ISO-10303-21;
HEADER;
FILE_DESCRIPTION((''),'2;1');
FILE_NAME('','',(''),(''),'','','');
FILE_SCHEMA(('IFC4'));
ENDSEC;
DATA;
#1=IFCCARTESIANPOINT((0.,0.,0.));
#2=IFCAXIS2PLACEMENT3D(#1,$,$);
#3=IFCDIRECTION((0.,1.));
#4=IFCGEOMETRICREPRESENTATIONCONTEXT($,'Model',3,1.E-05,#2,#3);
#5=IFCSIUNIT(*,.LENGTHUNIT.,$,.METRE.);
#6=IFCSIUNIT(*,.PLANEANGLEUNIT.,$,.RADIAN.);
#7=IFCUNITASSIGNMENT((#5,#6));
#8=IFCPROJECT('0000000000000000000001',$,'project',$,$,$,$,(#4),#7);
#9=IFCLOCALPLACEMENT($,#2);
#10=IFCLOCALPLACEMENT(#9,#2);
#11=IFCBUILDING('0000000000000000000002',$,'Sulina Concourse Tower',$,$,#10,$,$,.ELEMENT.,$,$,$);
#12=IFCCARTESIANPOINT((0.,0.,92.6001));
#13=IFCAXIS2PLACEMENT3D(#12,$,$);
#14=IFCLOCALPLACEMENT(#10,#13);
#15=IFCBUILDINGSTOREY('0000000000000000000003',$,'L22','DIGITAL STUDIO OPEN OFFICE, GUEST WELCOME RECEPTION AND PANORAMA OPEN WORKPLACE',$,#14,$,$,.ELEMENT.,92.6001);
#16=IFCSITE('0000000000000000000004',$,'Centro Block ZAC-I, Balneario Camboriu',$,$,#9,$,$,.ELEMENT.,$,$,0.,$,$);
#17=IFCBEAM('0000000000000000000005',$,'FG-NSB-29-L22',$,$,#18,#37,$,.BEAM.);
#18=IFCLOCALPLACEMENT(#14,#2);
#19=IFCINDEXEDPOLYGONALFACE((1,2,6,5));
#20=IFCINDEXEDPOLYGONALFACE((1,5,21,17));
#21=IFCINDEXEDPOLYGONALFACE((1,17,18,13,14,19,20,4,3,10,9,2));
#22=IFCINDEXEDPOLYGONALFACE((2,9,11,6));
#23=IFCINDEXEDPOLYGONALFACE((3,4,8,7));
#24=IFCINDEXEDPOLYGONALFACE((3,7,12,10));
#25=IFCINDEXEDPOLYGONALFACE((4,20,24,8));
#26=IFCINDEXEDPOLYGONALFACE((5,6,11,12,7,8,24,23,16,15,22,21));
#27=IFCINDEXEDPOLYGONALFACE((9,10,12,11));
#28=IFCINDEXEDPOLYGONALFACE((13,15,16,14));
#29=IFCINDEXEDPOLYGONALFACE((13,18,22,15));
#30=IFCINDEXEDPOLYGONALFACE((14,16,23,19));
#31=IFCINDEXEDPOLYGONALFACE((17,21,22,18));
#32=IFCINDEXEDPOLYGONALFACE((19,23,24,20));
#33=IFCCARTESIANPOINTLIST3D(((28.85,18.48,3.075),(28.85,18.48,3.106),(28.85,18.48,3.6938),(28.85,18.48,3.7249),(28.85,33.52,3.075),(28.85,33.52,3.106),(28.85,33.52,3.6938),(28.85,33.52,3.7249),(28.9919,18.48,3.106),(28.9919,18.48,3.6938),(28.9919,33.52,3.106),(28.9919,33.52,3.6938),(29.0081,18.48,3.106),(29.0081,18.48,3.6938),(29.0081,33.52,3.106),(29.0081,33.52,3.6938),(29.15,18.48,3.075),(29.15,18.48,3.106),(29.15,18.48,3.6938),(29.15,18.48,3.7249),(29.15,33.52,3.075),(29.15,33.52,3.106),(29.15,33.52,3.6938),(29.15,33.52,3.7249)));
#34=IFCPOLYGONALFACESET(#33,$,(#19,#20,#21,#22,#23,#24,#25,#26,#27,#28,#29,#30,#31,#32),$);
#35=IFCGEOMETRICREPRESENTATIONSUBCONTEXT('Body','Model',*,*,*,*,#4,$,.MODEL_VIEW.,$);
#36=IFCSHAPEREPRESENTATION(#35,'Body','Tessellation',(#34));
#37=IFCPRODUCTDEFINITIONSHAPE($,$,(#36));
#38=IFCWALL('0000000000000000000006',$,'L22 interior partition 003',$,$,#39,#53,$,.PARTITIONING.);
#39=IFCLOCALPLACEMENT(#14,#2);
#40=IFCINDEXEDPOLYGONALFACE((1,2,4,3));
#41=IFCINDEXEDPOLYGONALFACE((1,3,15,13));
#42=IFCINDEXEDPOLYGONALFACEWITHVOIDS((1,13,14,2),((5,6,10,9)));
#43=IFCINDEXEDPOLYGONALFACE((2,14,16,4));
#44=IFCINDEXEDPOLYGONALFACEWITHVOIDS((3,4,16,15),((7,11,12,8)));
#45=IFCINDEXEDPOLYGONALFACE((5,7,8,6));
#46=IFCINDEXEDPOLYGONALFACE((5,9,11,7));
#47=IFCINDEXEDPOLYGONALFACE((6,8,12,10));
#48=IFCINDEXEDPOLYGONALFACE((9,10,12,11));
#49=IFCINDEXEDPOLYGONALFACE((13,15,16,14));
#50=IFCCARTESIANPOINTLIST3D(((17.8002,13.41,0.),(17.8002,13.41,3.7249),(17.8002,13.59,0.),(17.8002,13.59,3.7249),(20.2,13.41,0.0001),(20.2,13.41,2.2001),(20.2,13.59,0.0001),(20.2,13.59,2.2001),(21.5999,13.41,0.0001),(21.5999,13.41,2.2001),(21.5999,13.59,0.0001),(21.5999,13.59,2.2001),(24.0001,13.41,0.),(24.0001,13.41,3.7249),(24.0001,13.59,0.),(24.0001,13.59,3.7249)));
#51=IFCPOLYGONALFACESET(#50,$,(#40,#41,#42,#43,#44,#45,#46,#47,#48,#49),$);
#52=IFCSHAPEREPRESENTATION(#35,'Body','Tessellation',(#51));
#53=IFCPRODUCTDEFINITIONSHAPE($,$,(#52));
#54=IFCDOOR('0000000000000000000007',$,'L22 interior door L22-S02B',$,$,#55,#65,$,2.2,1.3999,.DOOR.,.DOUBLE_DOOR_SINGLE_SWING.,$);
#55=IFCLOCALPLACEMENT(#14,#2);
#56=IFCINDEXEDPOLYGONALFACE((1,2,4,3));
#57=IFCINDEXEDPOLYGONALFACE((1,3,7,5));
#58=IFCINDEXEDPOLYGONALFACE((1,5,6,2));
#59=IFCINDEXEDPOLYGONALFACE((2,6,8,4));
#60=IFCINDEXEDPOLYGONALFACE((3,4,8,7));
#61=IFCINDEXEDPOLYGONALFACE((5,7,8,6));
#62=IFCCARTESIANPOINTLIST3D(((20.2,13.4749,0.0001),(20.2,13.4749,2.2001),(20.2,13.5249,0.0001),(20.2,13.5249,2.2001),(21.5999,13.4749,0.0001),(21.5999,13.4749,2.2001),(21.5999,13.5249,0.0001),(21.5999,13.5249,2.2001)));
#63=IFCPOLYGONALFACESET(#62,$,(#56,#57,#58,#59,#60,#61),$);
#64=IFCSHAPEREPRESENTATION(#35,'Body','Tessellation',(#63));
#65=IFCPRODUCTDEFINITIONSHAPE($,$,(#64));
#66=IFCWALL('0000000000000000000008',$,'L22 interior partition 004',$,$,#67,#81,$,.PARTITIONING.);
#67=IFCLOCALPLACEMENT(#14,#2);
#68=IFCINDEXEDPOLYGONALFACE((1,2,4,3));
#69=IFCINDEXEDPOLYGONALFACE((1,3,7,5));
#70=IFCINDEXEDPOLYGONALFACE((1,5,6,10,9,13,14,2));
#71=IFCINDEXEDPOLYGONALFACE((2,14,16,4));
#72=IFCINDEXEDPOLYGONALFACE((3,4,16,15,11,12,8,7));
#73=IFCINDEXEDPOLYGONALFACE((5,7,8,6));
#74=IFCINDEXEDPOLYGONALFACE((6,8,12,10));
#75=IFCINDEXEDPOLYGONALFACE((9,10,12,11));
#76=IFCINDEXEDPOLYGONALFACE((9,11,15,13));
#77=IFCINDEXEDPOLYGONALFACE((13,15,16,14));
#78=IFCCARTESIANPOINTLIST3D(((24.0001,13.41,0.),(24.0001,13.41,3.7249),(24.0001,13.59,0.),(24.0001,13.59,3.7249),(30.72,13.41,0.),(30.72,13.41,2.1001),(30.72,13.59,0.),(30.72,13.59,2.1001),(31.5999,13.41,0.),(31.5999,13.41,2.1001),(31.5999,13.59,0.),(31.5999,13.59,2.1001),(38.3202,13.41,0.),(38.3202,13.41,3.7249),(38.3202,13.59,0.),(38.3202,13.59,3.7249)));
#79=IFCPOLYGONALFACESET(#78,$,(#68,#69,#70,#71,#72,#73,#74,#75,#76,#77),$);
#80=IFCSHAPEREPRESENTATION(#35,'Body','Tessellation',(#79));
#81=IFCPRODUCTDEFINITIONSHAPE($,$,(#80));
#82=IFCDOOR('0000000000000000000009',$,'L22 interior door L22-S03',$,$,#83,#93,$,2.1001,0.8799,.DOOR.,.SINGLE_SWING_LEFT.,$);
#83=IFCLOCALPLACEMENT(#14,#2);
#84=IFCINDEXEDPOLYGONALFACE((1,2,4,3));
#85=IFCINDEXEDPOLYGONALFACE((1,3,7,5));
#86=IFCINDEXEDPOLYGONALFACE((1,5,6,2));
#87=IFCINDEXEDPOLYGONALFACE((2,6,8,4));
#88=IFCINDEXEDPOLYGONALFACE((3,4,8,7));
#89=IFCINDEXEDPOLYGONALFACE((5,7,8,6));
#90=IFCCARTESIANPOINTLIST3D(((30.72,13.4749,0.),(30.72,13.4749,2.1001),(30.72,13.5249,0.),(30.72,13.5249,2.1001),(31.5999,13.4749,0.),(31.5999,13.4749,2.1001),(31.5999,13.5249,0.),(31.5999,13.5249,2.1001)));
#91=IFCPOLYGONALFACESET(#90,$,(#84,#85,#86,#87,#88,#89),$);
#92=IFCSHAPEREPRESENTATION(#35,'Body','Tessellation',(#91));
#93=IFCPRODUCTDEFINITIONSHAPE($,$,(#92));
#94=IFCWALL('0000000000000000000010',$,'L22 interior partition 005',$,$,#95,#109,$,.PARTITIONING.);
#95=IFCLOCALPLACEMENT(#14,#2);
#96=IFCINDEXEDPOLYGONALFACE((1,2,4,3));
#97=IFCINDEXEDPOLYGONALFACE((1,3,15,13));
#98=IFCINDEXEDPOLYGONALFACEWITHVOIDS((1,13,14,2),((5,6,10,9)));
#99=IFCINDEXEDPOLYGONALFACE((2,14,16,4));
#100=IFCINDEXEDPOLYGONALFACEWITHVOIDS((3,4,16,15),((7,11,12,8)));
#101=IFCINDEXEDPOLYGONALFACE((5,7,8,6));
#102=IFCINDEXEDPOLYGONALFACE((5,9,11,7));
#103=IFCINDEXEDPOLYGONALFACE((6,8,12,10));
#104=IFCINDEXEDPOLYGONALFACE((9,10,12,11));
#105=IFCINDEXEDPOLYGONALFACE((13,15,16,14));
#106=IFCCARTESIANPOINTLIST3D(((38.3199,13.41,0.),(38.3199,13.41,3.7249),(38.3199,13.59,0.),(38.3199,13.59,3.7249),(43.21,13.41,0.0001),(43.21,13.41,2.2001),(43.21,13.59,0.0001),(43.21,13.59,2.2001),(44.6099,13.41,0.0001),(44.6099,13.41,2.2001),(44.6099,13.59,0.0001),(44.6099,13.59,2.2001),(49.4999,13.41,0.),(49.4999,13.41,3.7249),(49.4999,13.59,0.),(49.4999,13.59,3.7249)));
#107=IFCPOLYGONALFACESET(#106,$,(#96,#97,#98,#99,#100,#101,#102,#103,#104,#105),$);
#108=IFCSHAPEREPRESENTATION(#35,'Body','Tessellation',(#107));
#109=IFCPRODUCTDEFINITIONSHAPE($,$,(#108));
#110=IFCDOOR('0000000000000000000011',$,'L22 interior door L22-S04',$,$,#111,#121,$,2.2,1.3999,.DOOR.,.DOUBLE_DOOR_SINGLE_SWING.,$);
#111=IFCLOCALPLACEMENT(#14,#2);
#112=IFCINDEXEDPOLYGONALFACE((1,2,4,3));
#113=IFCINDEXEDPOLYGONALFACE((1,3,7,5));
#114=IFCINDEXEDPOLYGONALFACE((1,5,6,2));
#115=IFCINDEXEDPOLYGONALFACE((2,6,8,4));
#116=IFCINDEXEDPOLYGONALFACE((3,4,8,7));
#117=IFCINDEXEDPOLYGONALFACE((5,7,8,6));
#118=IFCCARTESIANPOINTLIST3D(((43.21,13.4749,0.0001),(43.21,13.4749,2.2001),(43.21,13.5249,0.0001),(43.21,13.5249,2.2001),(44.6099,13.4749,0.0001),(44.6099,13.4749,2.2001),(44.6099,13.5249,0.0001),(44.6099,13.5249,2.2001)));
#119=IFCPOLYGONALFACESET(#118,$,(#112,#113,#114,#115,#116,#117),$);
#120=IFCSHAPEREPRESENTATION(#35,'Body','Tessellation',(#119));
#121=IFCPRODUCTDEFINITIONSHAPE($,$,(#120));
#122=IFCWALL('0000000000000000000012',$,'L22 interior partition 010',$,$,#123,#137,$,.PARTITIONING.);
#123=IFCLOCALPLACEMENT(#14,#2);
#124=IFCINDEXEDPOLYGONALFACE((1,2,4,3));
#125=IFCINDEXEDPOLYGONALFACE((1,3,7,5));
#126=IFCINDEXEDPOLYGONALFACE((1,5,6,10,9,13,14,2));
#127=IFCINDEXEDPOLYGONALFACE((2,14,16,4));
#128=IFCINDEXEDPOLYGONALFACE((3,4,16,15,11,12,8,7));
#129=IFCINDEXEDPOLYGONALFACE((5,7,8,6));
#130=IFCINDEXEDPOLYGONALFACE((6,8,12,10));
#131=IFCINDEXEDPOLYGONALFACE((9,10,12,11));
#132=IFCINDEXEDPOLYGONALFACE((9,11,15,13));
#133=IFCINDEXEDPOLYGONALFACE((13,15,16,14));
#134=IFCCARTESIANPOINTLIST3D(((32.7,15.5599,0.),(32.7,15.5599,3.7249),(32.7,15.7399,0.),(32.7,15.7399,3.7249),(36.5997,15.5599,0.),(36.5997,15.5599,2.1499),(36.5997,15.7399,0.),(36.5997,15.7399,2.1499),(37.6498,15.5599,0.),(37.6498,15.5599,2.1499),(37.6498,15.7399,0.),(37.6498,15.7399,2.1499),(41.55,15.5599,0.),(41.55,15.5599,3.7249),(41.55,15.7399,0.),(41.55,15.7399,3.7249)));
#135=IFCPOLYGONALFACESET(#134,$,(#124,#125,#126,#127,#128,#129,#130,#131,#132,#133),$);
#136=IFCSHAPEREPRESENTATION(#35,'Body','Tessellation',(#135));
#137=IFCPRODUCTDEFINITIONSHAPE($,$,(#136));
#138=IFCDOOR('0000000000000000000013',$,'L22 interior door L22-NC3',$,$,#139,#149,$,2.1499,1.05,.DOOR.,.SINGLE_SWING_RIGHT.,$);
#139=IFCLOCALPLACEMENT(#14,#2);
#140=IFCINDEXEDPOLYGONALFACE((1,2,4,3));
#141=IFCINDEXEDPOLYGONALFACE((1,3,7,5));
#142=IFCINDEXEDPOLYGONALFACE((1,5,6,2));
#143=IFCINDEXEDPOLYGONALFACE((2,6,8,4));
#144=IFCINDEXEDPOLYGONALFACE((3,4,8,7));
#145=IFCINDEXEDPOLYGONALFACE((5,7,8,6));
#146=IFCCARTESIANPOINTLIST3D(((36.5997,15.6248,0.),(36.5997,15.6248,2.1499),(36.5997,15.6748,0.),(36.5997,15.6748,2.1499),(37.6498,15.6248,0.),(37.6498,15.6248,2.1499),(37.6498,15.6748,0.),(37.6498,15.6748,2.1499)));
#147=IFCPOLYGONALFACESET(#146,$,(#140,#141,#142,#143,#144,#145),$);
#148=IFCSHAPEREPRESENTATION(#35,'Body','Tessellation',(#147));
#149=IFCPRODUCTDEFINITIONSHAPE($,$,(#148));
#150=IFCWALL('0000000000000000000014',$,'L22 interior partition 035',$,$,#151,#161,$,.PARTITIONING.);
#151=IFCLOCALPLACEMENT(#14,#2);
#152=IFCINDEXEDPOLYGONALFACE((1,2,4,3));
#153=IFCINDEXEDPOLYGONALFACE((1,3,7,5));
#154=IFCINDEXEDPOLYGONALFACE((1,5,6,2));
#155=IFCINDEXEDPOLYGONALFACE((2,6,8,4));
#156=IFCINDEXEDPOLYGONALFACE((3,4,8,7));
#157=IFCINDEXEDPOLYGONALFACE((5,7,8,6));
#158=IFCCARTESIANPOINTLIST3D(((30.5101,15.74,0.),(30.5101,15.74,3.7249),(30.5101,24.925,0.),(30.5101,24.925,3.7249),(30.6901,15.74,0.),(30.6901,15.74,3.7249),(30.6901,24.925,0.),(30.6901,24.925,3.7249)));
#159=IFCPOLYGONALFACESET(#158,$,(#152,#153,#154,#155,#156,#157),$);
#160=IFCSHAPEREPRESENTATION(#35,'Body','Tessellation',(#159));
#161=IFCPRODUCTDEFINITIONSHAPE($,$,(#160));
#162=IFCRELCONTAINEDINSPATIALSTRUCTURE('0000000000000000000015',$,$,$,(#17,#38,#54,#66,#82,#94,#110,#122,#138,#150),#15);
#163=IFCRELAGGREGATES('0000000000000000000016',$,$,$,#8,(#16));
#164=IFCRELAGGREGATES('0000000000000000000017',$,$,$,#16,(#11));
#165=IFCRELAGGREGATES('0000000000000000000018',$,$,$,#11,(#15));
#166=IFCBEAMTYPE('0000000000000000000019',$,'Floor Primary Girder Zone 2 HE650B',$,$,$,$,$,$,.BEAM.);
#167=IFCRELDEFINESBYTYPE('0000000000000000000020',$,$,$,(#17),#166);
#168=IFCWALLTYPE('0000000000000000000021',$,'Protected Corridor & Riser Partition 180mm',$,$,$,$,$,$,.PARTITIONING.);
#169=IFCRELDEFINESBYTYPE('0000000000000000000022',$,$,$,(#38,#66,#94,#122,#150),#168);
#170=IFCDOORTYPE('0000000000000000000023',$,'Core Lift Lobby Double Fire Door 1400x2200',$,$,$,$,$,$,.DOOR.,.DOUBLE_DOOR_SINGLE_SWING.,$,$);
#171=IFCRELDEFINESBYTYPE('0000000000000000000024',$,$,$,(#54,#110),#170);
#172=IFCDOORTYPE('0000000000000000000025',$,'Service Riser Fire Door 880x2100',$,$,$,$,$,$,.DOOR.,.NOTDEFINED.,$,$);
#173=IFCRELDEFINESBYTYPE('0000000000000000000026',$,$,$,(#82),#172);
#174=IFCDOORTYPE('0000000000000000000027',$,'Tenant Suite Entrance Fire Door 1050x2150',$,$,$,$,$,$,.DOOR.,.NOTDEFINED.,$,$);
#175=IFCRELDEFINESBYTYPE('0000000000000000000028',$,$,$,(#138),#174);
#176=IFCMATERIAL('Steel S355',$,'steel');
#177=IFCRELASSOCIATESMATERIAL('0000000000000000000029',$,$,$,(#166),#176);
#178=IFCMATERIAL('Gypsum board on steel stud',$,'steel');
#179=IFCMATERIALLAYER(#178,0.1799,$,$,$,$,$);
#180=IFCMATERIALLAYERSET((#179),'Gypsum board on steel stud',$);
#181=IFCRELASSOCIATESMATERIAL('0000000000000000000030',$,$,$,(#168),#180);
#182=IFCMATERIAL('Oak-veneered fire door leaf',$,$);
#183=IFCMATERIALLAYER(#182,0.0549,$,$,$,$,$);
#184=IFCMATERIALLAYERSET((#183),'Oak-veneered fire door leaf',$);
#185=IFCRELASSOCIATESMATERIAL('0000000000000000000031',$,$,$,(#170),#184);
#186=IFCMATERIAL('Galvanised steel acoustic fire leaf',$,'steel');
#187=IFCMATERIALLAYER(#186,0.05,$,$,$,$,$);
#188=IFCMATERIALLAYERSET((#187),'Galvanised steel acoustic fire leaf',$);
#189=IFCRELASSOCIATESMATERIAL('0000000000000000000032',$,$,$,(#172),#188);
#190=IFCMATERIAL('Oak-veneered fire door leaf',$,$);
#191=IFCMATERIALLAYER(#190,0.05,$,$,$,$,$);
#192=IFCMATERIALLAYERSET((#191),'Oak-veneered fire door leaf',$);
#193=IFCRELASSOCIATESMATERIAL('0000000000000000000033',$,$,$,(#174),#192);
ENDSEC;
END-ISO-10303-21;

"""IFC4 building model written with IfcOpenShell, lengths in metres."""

from ifc_helpers import new_model, si_unit, direction, frame, frame_2d, origin, origin_2d, place, context, subcontext, project, spatial, rectangle, i_section, extrude, material, layer, layer_set, material_profile, profile_set, type_object, element, fill, save


model = new_model("IFC4")

# Units and contexts
model_context = context("Model", 3, precision=1e-05, world=origin(), true_north=direction((0.0, 1.0)))
body_context = subcontext(model_context, "Body", "Model", "MODEL_VIEW")
ifc_project = project(units=[si_unit("LENGTHUNIT", "METRE"), si_unit("PLANEANGLEUNIT", "RADIAN")], contexts=[model_context])

# Site, building, storey
site_placement = place(None, origin())
site = spatial("IfcSite", under=ifc_project, at=site_placement, Name="Centro Block ZAC-I, Balneario Camboriu", CompositionType="ELEMENT", RefElevation=0.0)
building_placement = place(site_placement, origin())
building = spatial("IfcBuilding", under=site, at=building_placement, Name="Sulina Concourse Tower", CompositionType="ELEMENT")
storey_placement = place(building_placement, frame((0.0, 0.0, 92.6001)))
storey = spatial("IfcBuildingStorey", under=building, at=storey_placement, Name="L22", Description="DIGITAL STUDIO OPEN OFFICE, GUEST WELCOME RECEPTION AND PANORAMA OPEN WORKPLACE", CompositionType="ELEMENT", Elevation=92.6001)

# Beam
ifc_material_1 = material(Name="Steel S355", Category="steel")
ifc_material_profile_1 = material_profile(ifc_material_1, i_section(OverallWidth=0.3, OverallDepth=0.6499, WebThickness=0.0161, FlangeThickness=0.031, at=origin_2d()), Name="HE 650 B")
ifc_profile_set_1 = profile_set([ifc_material_profile_1], Name="Steel S355")
beam_type_1 = type_object("IfcBeamType", Name="Floor Primary Girder Zone 2 HE650B", PredefinedType="BEAM", material=ifc_profile_set_1)
beam_1_placement = place(storey_placement, frame((29.0, 18.48, 3.3999), z_axis=(0.0, 1.0, 0.0), x_axis=(-1.0, 0.0, 0.0)))
element("IfcBeam", 1, at=beam_1_placement, inside=storey, type_object=beam_type_1, Name="FG-NSB-29-L22", PredefinedType="BEAM", context=body_context, shape_type="SweptSolid", body=[
    extrude(i_section(OverallWidth=0.3, OverallDepth=0.6499, WebThickness=0.0161, FlangeThickness=0.031, at=origin_2d()), origin(), (0.0, 0.0, 1.0), 15.04),
])

# Walls, openings, doors
ifc_material_2 = material(Name="Gypsum board on steel stud", Category="steel")
ifc_layer_1 = layer(ifc_material_2, 0.1799)
ifc_layer_set_1 = layer_set([ifc_layer_1], Name="Gypsum board on steel stud")
wall_type = type_object("IfcWallType", Name="Protected Corridor & Riser Partition 180mm", PredefinedType="PARTITIONING", material=ifc_layer_set_1)
wall_1_placement = place(storey_placement, frame((17.8, 13.5, 0.0), z_axis=(0.0, 0.0, 1.0), x_axis=(1.0, 0.0, 0.0)))
wall_1 = element("IfcWall", 2, at=wall_1_placement, inside=storey, type_object=wall_type, Name="L22 interior partition 003", PredefinedType="PARTITIONING", context=body_context, shape_type="SweptSolid", body=[
    extrude(rectangle(XDim=6.2, YDim=0.1799, at=frame_2d((3.1001, 0.0))), origin(), (0.0, 0.0, 1.0), 3.7249),
])
opening_1_placement = place(wall_1_placement, frame((2.3999, 0.0, 0.0)))
opening_1 = element("IfcOpeningElement", 3, at=opening_1_placement, cuts=wall_1, PredefinedType="OPENING", context=body_context, shape_type="SweptSolid", body=[
    extrude(rectangle(XDim=1.3999, YDim=2.2, at=frame_2d((0.7, 1.1001))), frame((0.0, 0.0999, 0.0), z_axis=(0.0, -1.0, 0.0), x_axis=(1.0, 0.0, 0.0)), (0.0, 0.0, 1.0), 0.2),
])
ifc_material_3 = material(Name="Oak-veneered fire door leaf")
ifc_layer_2 = layer(ifc_material_3, 0.0549)
ifc_layer_set_2 = layer_set([ifc_layer_2], Name="Oak-veneered fire door leaf")
door_type_1 = type_object("IfcDoorType", Name="Core Lift Lobby Double Fire Door 1400x2200", OperationType="DOUBLE_DOOR_SINGLE_SWING", PredefinedType="DOOR", material=ifc_layer_set_2)
door_1_placement = place(opening_1_placement, origin())
door_1 = element("IfcDoor", 4, at=door_1_placement, inside=storey, type_object=door_type_1, Name="L22 interior door L22-S02B", OperationType="DOUBLE_DOOR_SINGLE_SWING", OverallHeight=2.2, OverallWidth=1.3999, PredefinedType="DOOR", context=body_context, shape_type="SweptSolid", body=[
    extrude(rectangle(XDim=1.3999, YDim=2.2, at=frame_2d((0.7, 1.1001))), frame((0.0, 0.0249, 0.0), z_axis=(0.0, -1.0, 0.0), x_axis=(1.0, 0.0, 0.0)), (0.0, 0.0, 1.0), 0.05),
])
fill(opening_1, door_1)
wall_2_placement = place(storey_placement, frame((24.0, 13.5, 0.0), z_axis=(0.0, 0.0, 1.0), x_axis=(1.0, 0.0, 0.0)))
wall_2 = element("IfcWall", 5, at=wall_2_placement, inside=storey, type_object=wall_type, Name="L22 interior partition 004", PredefinedType="PARTITIONING", context=body_context, shape_type="SweptSolid", body=[
    extrude(rectangle(XDim=14.3201, YDim=0.1799, at=frame_2d((7.1602, 0.0))), origin(), (0.0, 0.0, 1.0), 3.7249),
])
opening_2_placement = place(wall_2_placement, frame((6.72, 0.0, 0.0)))
opening_2 = element("IfcOpeningElement", 6, at=opening_2_placement, cuts=wall_2, PredefinedType="OPENING", context=body_context, shape_type="SweptSolid", body=[
    extrude(rectangle(XDim=0.8799, YDim=2.1001, at=frame_2d((0.4399, 1.05))), frame((0.0, 0.0999, 0.0), z_axis=(0.0, -1.0, 0.0), x_axis=(1.0, 0.0, 0.0)), (0.0, 0.0, 1.0), 0.2),
])
ifc_material_4 = material(Name="Galvanised steel acoustic fire leaf", Category="steel")
ifc_layer_3 = layer(ifc_material_4, 0.05)
ifc_layer_set_3 = layer_set([ifc_layer_3], Name="Galvanised steel acoustic fire leaf")
door_type_2 = type_object("IfcDoorType", Name="Service Riser Fire Door 880x2100", OperationType="NOTDEFINED", PredefinedType="DOOR", material=ifc_layer_set_3)
door_2_placement = place(opening_2_placement, origin())
door_2 = element("IfcDoor", 7, at=door_2_placement, inside=storey, type_object=door_type_2, Name="L22 interior door L22-S03", OperationType="SINGLE_SWING_LEFT", OverallHeight=2.1001, OverallWidth=0.8799, PredefinedType="DOOR", context=body_context, shape_type="SweptSolid", body=[
    extrude(rectangle(XDim=0.8799, YDim=2.1001, at=frame_2d((0.4399, 1.05))), frame((0.0, 0.0249, 0.0), z_axis=(0.0, -1.0, 0.0), x_axis=(1.0, 0.0, 0.0)), (0.0, 0.0, 1.0), 0.05),
])
fill(opening_2, door_2)
wall_3_placement = place(storey_placement, frame((38.3201, 13.5, 0.0), z_axis=(0.0, 0.0, 1.0), x_axis=(1.0, 0.0, 0.0)))
wall_3 = element("IfcWall", 8, at=wall_3_placement, inside=storey, type_object=wall_type, Name="L22 interior partition 005", PredefinedType="PARTITIONING", context=body_context, shape_type="SweptSolid", body=[
    extrude(rectangle(XDim=11.1799, YDim=0.1799, at=frame_2d((5.5898, 0.0))), origin(), (0.0, 0.0, 1.0), 3.7249),
])
opening_3_placement = place(wall_3_placement, frame((4.8899, 0.0, 0.0)))
opening_3 = element("IfcOpeningElement", 9, at=opening_3_placement, cuts=wall_3, PredefinedType="OPENING", context=body_context, shape_type="SweptSolid", body=[
    extrude(rectangle(XDim=1.3999, YDim=2.2, at=frame_2d((0.7, 1.1001))), frame((0.0, 0.0999, 0.0), z_axis=(0.0, -1.0, 0.0), x_axis=(1.0, 0.0, 0.0)), (0.0, 0.0, 1.0), 0.2),
])
door_3_placement = place(opening_3_placement, origin())
door_3 = element("IfcDoor", 10, at=door_3_placement, inside=storey, type_object=door_type_1, Name="L22 interior door L22-S04", OperationType="DOUBLE_DOOR_SINGLE_SWING", OverallHeight=2.2, OverallWidth=1.3999, PredefinedType="DOOR", context=body_context, shape_type="SweptSolid", body=[
    extrude(rectangle(XDim=1.3999, YDim=2.2, at=frame_2d((0.7, 1.1001))), frame((0.0, 0.0249, 0.0), z_axis=(0.0, -1.0, 0.0), x_axis=(1.0, 0.0, 0.0)), (0.0, 0.0, 1.0), 0.05),
])
fill(opening_3, door_3)
wall_4_placement = place(storey_placement, frame((32.7, 15.6499, 0.0), z_axis=(0.0, 0.0, 1.0), x_axis=(1.0, 0.0, 0.0)))
wall_4 = element("IfcWall", 11, at=wall_4_placement, inside=storey, type_object=wall_type, Name="L22 interior partition 010", PredefinedType="PARTITIONING", context=body_context, shape_type="SweptSolid", body=[
    extrude(rectangle(XDim=8.8501, YDim=0.1799, at=frame_2d((4.425, 0.0))), origin(), (0.0, 0.0, 1.0), 3.7249),
])
opening_4_placement = place(wall_4_placement, frame((3.8999, 0.0, 0.0)))
opening_4 = element("IfcOpeningElement", 12, at=opening_4_placement, cuts=wall_4, PredefinedType="OPENING", context=body_context, shape_type="SweptSolid", body=[
    extrude(rectangle(XDim=1.05, YDim=2.1499, at=frame_2d((0.5249, 1.075))), frame((0.0, 0.0999, 0.0), z_axis=(0.0, -1.0, 0.0), x_axis=(1.0, 0.0, 0.0)), (0.0, 0.0, 1.0), 0.2),
])
ifc_material_5 = material(Name="Oak-veneered fire door leaf")
ifc_layer_4 = layer(ifc_material_5, 0.05)
ifc_layer_set_4 = layer_set([ifc_layer_4], Name="Oak-veneered fire door leaf")
door_type_3 = type_object("IfcDoorType", Name="Tenant Suite Entrance Fire Door 1050x2150", OperationType="NOTDEFINED", PredefinedType="DOOR", material=ifc_layer_set_4)
door_4_placement = place(opening_4_placement, origin())
door_4 = element("IfcDoor", 13, at=door_4_placement, inside=storey, type_object=door_type_3, Name="L22 interior door L22-NC3", OperationType="SINGLE_SWING_RIGHT", OverallHeight=2.1499, OverallWidth=1.05, PredefinedType="DOOR", context=body_context, shape_type="SweptSolid", body=[
    extrude(rectangle(XDim=1.05, YDim=2.1499, at=frame_2d((0.5249, 1.075))), frame((0.0, 0.0249, 0.0), z_axis=(0.0, -1.0, 0.0), x_axis=(1.0, 0.0, 0.0)), (0.0, 0.0, 1.0), 0.05),
])
fill(opening_4, door_4)

# Wall
wall_5_placement = place(storey_placement, frame((30.6001, 15.74, 0.0), z_axis=(0.0, 0.0, 1.0), x_axis=(0.0, 1.0, 0.0)))
element("IfcWall", 14, at=wall_5_placement, inside=storey, type_object=wall_type, Name="L22 interior partition 035", PredefinedType="PARTITIONING", context=body_context, shape_type="SweptSolid", body=[
    extrude(rectangle(XDim=9.1851, YDim=0.1799, at=frame_2d((4.5925, 0.0))), origin(), (0.0, 0.0, 1.0), 3.7249),
])

save(model, "model.ifc")
